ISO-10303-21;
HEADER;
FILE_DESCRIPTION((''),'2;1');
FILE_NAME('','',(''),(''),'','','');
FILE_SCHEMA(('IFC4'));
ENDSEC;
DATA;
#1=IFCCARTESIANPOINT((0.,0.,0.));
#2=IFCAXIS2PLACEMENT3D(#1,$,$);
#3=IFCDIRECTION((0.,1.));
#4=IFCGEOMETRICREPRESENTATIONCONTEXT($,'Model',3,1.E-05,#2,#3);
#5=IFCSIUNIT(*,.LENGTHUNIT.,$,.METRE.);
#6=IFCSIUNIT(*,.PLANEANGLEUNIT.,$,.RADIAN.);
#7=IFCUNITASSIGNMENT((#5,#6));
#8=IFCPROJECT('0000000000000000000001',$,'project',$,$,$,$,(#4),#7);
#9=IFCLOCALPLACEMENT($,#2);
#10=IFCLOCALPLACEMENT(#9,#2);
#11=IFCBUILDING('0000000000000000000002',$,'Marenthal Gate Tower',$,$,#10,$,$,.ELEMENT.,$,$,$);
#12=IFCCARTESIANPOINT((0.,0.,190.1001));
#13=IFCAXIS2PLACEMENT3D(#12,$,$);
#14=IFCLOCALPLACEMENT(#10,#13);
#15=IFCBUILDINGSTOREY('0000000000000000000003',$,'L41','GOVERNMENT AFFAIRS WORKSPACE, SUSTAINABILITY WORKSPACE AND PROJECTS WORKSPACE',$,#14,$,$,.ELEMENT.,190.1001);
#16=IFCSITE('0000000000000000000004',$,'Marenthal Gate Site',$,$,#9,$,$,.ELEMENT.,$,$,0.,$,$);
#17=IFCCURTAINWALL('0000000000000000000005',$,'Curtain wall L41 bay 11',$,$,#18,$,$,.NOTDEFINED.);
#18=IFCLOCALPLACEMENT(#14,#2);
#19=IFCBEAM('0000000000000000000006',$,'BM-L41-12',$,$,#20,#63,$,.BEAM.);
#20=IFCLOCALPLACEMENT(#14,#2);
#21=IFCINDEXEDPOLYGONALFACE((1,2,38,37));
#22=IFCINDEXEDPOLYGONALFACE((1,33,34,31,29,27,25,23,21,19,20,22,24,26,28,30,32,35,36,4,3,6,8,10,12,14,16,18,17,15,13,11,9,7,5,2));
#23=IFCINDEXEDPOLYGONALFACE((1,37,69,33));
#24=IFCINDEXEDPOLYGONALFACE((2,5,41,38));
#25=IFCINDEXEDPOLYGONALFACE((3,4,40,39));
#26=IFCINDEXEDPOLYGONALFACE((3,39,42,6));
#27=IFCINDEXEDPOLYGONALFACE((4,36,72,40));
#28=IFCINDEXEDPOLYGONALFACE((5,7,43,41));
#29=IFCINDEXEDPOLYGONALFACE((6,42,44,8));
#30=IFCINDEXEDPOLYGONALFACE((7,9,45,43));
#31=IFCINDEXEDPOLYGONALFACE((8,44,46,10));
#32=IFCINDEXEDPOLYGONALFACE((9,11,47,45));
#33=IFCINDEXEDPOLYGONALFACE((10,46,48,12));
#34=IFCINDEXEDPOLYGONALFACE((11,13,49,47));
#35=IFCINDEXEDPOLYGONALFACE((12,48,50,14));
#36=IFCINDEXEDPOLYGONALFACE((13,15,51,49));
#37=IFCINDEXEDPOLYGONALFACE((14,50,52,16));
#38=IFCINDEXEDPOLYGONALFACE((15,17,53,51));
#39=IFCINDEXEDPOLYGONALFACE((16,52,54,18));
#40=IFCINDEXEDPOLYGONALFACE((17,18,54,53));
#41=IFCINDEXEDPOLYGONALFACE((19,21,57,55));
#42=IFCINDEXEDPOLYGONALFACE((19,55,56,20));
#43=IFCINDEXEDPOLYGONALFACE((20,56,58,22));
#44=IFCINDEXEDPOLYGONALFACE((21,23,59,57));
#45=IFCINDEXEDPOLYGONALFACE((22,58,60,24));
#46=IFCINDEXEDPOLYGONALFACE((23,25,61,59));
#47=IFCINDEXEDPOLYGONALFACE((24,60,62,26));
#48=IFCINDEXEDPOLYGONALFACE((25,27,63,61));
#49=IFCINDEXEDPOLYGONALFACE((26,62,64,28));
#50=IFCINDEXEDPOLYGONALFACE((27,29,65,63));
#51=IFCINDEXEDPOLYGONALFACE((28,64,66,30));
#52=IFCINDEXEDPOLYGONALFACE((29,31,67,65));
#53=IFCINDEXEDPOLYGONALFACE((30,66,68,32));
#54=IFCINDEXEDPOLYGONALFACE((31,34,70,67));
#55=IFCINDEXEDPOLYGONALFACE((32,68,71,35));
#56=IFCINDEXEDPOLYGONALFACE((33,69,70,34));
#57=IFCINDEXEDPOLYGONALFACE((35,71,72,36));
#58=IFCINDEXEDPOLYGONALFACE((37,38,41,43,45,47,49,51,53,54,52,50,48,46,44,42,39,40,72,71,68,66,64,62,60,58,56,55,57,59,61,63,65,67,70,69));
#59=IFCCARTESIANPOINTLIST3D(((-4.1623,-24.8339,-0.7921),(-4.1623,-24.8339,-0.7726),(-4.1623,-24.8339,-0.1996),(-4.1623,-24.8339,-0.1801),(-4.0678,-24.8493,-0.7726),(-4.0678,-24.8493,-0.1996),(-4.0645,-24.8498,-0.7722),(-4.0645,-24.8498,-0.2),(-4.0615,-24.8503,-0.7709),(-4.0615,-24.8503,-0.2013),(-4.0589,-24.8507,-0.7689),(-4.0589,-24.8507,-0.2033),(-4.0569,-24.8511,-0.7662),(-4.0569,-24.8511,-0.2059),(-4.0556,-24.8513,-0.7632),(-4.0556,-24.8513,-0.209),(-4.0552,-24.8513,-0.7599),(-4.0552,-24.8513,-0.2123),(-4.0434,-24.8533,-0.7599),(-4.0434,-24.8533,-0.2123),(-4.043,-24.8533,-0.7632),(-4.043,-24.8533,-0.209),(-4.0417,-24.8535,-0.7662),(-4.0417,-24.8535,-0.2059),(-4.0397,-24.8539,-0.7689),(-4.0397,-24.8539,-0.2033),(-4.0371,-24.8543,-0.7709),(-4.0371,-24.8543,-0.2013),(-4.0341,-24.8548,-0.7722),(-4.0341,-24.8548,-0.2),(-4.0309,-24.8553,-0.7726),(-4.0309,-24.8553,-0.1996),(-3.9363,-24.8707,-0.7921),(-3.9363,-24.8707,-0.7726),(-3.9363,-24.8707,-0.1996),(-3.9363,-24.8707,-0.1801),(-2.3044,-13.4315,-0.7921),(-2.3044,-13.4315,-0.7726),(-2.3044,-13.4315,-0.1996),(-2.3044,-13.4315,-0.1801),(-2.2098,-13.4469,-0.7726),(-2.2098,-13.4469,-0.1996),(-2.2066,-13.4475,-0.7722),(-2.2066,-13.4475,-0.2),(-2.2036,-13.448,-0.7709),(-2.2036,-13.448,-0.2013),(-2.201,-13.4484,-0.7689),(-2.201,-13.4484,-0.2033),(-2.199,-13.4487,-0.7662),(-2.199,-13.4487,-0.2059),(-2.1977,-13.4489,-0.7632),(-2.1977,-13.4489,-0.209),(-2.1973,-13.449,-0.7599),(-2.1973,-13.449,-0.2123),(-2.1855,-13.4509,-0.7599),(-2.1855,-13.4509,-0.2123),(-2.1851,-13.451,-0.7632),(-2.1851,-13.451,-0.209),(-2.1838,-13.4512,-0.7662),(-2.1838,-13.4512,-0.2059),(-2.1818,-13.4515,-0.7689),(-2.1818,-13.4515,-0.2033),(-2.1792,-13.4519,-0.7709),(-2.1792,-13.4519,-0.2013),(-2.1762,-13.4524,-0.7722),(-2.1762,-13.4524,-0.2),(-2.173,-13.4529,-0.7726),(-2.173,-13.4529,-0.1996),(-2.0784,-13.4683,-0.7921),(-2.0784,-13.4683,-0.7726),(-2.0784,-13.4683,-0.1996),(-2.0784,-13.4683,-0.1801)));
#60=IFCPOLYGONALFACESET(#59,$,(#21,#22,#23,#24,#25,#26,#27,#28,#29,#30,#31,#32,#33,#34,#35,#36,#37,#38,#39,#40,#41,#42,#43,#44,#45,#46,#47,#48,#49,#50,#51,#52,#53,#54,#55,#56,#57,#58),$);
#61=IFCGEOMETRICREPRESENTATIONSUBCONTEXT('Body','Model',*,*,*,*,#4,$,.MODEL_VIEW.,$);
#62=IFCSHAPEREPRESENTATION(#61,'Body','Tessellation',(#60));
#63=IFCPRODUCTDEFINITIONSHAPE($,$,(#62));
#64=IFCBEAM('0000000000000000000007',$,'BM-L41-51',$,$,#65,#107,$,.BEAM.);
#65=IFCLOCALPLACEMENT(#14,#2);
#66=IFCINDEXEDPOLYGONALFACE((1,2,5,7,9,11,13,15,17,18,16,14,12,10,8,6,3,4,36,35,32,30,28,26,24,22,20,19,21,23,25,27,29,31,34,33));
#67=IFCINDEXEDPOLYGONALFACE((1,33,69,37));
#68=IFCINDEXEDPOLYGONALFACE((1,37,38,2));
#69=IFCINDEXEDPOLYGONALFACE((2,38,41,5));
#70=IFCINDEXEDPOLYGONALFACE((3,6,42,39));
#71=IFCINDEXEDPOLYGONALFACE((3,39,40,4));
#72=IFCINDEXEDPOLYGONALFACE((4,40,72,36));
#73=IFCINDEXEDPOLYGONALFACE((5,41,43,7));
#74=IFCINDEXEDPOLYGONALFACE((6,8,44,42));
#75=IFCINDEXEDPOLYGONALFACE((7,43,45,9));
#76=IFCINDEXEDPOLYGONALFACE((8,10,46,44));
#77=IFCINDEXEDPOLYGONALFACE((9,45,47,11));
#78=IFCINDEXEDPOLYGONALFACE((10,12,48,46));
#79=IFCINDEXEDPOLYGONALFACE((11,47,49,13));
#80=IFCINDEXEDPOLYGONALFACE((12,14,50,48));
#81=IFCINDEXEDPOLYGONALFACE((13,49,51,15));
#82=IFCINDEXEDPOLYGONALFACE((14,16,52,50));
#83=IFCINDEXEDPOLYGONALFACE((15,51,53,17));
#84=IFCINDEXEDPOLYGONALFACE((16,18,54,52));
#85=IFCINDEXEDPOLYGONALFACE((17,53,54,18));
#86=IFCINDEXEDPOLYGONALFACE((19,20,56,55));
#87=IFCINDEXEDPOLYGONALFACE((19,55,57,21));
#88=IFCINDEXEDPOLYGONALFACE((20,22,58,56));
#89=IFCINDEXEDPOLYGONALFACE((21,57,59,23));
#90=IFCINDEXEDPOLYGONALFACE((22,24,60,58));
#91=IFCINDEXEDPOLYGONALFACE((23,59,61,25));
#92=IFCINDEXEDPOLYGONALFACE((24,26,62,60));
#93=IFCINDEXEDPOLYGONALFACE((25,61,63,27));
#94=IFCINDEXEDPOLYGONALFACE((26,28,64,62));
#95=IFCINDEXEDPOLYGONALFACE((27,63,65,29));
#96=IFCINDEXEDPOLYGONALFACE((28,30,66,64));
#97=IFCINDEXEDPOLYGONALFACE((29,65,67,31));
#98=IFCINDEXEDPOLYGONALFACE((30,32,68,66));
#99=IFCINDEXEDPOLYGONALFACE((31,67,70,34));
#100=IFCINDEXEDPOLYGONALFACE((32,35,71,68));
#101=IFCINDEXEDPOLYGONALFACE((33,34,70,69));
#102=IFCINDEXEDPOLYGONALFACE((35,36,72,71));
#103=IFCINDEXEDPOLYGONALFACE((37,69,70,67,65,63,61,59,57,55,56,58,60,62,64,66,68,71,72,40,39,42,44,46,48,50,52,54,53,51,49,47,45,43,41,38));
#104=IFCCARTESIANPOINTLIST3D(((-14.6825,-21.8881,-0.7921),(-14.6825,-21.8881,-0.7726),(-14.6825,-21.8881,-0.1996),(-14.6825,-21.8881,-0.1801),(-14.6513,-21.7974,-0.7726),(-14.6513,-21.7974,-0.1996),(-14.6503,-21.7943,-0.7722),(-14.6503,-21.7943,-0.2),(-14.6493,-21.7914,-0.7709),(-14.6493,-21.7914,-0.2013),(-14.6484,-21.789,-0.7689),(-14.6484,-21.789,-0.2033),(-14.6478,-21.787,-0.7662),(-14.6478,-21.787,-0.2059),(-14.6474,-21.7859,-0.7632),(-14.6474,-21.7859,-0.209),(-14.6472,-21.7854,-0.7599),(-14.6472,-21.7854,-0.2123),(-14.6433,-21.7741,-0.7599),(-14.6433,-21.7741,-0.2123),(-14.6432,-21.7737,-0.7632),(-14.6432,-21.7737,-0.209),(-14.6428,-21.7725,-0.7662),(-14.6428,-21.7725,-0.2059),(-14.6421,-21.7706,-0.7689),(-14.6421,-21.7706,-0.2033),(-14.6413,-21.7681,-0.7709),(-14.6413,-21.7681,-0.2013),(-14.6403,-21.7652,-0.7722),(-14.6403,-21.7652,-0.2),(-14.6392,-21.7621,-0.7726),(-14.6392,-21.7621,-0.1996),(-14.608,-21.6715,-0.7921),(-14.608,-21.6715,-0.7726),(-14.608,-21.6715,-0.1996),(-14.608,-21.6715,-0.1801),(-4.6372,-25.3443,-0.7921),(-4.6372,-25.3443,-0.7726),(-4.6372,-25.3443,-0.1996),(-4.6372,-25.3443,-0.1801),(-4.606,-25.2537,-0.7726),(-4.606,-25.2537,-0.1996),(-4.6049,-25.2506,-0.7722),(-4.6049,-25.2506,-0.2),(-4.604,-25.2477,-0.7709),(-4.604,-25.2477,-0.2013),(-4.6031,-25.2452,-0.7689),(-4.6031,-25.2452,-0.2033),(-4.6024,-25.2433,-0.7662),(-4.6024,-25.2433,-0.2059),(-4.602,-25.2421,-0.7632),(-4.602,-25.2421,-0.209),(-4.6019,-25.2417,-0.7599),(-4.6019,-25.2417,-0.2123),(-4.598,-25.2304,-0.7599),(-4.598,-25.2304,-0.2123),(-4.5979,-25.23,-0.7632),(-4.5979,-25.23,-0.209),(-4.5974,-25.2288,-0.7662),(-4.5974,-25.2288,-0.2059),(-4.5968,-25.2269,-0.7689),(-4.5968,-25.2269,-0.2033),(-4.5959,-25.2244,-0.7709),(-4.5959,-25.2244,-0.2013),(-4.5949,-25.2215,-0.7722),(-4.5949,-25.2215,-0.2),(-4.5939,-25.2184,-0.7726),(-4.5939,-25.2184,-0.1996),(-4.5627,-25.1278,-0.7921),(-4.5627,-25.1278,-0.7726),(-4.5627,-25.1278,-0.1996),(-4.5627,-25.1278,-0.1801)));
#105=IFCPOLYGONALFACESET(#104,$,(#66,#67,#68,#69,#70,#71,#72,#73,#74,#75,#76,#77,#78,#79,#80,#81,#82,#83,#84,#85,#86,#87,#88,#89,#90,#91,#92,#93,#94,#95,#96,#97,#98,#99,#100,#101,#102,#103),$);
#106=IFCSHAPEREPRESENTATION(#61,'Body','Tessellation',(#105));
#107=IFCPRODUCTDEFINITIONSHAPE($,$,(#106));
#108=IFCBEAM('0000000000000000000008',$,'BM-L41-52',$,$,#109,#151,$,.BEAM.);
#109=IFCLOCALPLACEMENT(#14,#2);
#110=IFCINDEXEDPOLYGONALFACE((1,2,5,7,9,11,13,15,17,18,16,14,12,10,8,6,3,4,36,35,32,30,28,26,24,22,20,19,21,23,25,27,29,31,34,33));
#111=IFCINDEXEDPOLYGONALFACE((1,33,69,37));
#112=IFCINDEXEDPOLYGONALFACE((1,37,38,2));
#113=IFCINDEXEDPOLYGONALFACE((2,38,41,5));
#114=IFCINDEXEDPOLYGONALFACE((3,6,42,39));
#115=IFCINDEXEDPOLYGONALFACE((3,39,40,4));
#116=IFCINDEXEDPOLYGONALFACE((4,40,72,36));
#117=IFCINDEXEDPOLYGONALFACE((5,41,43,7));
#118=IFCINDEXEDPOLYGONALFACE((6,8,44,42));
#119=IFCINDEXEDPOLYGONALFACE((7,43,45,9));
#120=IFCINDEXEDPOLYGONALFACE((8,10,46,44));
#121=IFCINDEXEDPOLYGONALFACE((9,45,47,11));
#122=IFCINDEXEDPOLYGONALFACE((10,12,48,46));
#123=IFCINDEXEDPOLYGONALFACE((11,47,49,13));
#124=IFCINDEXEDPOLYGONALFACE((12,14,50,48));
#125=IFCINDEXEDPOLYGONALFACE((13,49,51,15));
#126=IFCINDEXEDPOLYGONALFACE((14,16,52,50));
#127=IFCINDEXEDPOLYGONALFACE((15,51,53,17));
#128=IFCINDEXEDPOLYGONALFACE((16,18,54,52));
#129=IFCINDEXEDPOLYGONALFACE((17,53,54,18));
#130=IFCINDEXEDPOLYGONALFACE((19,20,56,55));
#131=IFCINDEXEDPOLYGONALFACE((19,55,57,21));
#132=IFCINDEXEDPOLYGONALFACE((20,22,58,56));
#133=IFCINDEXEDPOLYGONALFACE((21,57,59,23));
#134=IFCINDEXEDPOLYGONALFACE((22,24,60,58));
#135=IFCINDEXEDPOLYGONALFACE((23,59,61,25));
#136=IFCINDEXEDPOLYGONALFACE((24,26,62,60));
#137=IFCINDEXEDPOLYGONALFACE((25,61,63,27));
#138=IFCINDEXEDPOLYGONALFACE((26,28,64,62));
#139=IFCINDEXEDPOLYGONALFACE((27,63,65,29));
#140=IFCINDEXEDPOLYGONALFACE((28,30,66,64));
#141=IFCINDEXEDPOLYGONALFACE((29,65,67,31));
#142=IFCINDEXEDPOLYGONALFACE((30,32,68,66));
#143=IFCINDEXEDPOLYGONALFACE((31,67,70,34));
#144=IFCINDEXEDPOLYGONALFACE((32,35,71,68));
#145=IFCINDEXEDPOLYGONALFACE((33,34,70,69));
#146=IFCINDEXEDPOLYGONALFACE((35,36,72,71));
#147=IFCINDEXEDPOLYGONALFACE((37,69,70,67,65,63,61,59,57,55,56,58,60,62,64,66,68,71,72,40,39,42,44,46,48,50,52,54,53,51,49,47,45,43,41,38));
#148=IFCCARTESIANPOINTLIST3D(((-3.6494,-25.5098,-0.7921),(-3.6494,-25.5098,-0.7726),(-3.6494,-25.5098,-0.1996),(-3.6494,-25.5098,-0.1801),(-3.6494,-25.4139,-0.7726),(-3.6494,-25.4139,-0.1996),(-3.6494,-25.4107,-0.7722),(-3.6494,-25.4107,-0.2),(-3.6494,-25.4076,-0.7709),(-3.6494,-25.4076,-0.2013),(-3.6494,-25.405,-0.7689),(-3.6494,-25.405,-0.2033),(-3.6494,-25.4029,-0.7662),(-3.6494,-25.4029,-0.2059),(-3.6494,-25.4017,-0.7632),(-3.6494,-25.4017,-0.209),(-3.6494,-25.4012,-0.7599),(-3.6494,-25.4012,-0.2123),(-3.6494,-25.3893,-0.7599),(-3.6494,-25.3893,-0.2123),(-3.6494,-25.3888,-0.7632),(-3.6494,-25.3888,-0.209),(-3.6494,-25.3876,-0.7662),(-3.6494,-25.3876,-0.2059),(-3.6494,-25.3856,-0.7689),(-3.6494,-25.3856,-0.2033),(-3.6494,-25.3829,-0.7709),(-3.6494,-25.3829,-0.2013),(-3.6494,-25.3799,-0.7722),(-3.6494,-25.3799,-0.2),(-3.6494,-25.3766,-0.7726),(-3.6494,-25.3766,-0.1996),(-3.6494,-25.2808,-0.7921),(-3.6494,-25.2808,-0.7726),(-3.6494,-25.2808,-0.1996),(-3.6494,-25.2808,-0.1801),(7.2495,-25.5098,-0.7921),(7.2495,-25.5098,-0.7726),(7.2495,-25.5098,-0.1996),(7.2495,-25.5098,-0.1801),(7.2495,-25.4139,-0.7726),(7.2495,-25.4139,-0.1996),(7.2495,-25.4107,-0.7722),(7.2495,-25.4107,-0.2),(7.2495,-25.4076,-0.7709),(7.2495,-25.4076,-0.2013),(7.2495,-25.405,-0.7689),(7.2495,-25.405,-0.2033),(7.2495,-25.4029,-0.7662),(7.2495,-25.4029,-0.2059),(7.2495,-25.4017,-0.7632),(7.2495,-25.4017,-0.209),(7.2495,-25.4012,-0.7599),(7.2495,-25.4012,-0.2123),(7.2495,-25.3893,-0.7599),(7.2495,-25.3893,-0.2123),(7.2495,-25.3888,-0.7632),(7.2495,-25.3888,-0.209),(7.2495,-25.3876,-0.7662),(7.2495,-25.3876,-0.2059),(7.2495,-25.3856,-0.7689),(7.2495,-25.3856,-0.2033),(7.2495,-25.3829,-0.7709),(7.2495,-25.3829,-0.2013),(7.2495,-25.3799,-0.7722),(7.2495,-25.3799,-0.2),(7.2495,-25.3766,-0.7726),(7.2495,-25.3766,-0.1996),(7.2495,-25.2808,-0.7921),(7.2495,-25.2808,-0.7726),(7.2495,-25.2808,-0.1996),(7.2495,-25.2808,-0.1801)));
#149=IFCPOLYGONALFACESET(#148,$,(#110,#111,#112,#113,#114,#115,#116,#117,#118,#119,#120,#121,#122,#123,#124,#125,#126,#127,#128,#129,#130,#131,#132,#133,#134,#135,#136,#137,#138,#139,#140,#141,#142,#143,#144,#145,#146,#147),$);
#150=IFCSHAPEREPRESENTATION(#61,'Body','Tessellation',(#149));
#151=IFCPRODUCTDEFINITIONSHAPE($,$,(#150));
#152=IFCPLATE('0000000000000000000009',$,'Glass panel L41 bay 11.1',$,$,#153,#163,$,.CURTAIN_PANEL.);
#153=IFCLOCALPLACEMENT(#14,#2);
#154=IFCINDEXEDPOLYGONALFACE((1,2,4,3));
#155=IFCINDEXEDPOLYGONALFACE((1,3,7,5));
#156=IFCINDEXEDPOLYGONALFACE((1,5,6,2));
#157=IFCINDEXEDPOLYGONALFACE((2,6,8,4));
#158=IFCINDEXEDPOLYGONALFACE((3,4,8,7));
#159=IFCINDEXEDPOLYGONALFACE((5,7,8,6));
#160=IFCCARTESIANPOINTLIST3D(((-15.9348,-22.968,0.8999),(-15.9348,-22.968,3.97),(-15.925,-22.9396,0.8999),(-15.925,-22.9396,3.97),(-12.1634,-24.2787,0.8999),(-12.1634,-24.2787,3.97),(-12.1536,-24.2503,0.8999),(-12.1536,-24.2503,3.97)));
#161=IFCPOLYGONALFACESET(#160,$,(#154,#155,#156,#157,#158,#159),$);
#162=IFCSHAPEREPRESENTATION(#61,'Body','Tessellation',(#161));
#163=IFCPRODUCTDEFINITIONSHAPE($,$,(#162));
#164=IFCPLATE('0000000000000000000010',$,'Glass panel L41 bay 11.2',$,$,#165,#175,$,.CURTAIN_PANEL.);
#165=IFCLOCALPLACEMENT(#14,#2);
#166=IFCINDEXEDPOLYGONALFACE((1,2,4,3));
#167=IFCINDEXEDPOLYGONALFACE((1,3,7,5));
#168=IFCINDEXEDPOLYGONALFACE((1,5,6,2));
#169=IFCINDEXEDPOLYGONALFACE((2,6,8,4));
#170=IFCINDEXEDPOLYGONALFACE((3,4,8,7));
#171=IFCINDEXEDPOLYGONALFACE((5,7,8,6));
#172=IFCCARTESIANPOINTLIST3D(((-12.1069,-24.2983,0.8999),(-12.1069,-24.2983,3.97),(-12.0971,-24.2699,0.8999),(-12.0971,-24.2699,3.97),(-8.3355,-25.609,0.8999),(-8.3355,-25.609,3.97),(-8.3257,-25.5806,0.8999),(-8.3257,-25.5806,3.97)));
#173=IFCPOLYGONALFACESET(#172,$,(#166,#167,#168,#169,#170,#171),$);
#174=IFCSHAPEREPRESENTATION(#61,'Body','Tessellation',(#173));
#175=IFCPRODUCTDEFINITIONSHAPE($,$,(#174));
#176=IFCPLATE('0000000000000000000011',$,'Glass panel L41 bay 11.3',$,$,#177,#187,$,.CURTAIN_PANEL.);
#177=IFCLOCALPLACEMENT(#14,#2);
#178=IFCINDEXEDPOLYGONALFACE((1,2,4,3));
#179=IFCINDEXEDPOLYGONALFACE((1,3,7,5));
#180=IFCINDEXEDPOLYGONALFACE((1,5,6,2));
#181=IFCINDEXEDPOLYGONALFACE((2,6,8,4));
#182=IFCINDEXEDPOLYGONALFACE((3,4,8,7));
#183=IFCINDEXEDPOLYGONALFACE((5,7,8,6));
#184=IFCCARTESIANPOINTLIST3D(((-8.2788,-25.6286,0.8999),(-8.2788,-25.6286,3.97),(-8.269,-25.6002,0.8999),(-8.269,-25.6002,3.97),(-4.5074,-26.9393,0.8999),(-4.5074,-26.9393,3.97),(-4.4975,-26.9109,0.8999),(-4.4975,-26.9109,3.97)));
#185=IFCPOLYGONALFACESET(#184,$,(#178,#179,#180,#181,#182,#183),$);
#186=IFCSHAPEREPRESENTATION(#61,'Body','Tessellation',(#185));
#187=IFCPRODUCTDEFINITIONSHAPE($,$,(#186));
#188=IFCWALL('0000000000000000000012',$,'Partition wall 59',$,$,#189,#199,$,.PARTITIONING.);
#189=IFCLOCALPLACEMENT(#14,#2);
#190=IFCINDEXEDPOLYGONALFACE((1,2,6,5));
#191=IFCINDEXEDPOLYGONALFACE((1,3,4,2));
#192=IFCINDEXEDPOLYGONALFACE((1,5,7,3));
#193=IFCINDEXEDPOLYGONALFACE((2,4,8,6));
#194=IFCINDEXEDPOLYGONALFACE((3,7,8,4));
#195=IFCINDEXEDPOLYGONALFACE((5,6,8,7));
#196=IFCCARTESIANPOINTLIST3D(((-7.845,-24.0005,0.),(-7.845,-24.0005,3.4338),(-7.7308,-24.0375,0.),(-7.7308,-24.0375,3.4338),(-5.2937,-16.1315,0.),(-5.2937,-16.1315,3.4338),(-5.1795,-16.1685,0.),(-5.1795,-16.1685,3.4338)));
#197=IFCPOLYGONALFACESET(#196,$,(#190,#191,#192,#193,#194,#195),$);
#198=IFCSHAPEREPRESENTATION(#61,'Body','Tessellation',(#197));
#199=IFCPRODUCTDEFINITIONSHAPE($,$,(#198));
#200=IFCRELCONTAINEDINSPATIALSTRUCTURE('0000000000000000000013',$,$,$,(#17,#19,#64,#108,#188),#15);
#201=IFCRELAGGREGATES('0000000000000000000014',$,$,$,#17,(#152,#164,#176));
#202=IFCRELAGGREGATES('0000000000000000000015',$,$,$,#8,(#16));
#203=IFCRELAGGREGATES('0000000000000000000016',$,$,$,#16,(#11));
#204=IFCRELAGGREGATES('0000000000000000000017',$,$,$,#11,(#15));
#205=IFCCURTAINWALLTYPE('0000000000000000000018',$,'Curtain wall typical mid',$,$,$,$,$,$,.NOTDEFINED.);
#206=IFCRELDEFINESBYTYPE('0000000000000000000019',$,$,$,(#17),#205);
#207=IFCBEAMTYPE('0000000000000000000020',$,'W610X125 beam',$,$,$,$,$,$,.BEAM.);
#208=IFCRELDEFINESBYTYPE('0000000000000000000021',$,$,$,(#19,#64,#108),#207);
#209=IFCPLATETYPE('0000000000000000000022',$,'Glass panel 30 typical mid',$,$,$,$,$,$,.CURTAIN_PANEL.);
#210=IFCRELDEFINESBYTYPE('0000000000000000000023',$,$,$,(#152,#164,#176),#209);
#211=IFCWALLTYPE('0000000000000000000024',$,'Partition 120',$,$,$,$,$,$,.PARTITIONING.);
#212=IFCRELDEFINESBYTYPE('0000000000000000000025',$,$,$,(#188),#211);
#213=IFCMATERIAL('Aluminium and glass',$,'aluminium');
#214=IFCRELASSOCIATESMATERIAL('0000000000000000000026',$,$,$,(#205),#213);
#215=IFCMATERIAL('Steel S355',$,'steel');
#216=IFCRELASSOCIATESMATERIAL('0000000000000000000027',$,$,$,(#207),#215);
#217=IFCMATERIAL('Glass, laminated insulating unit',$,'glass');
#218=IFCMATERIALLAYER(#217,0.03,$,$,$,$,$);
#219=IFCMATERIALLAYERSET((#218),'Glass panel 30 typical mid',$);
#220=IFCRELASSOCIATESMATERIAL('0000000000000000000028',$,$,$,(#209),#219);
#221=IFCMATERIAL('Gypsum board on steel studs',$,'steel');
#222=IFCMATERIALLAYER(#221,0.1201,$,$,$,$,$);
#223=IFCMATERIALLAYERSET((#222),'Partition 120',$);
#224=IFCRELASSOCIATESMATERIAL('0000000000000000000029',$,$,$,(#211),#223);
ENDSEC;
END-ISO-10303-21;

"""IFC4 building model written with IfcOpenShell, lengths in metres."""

from ifc_helpers import new_model, si_unit, direction, frame, frame_2d, origin, origin_2d, place, context, subcontext, project, spatial, rectangle, i_section, extrude, material, layer, layer_set, material_profile, profile_set, type_object, element, aggregate, save


model = new_model("IFC4")

# Units and contexts
model_context = context("Model", 3, precision=1e-05, world=origin(), true_north=direction((0.0, 1.0)))
body_context = subcontext(model_context, "Body", "Model", "MODEL_VIEW")
ifc_project = project(units=[si_unit("LENGTHUNIT", "METRE"), si_unit("PLANEANGLEUNIT", "RADIAN")], contexts=[model_context])

# Site, building, storey
site_placement = place(None, origin())
site = spatial("IfcSite", under=ifc_project, at=site_placement, Name="Marenthal Gate Site", CompositionType="ELEMENT", RefElevation=0.0)
building_placement = place(site_placement, origin())
building = spatial("IfcBuilding", under=site, at=building_placement, Name="Marenthal Gate Tower", CompositionType="ELEMENT")
storey_placement = place(building_placement, frame((0.0, 0.0, 190.1001)))
storey = spatial("IfcBuildingStorey", under=building, at=storey_placement, Name="L41", Description="GOVERNMENT AFFAIRS WORKSPACE, SUSTAINABILITY WORKSPACE AND PROJECTS WORKSPACE", CompositionType="ELEMENT", Elevation=190.1001)

# Curtain wall
ifc_material_1 = material(Name="Aluminium and glass", Category="aluminium")
curtain_wall_type = type_object("IfcCurtainWallType", Name="Curtain wall typical mid", PredefinedType="NOTDEFINED", material=ifc_material_1)
curtain_wall_placement = place(storey_placement, origin())
curtain_wall = element("IfcCurtainWall", 1, at=curtain_wall_placement, inside=storey, type_object=curtain_wall_type, Name="Curtain wall L41 bay 11", PredefinedType="NOTDEFINED")

# Beams
ifc_material_2 = material(Name="Steel S355", Category="steel")
ifc_material_profile_1 = material_profile(ifc_material_2, i_section(OverallWidth=0.229, OverallDepth=0.6121, WebThickness=0.012, FlangeThickness=0.0195, FilletRadius=0.0127, at=origin_2d()), Name="W610X125")
ifc_profile_set_1 = profile_set([ifc_material_profile_1], Name="Steel S355")
beam_type_1 = type_object("IfcBeamType", Name="W610X125 beam", PredefinedType="BEAM", material=ifc_profile_set_1)
beam_1_placement = place(storey_placement, frame((-4.0493, -24.8523, -0.4861), z_axis=(0.16082, 0.986984, 0.0), x_axis=(-0.986984, 0.16082, 0.0)))
element("IfcBeam", 2, at=beam_1_placement, inside=storey, type_object=beam_type_1, Name="BM-L41-12", PredefinedType="BEAM", context=body_context, shape_type="SweptSolid", body=[
    extrude(i_section(OverallWidth=0.229, OverallDepth=0.6121, WebThickness=0.012, FlangeThickness=0.0195, FilletRadius=0.0127, at=origin_2d()), origin(), (0.0, 0.0, 1.0), 11.5527),
])
beam_2_placement = place(storey_placement, frame((-14.6453, -21.7798, -0.4861), z_axis=(0.945594, -0.325348, 0.0), x_axis=(0.325348, 0.945594, 0.0)))
element("IfcBeam", 3, at=beam_2_placement, inside=storey, type_object=beam_type_1, Name="BM-L41-51", PredefinedType="BEAM", context=body_context, shape_type="SweptSolid", body=[
    extrude(i_section(OverallWidth=0.229, OverallDepth=0.6121, WebThickness=0.012, FlangeThickness=0.0195, FilletRadius=0.0127, at=origin_2d()), origin(), (0.0, 0.0, 1.0), 10.6233),
])
beam_3_placement = place(storey_placement, frame((-3.6494, -25.3953, -0.4861), z_axis=(1.0, 0.0, 0.0), x_axis=(0.0, 1.0, 0.0)))
element("IfcBeam", 4, at=beam_3_placement, inside=storey, type_object=beam_type_1, Name="BM-L41-52", PredefinedType="BEAM", context=body_context, shape_type="SweptSolid", body=[
    extrude(i_section(OverallWidth=0.229, OverallDepth=0.6121, WebThickness=0.012, FlangeThickness=0.0195, FilletRadius=0.0127, at=origin_2d()), origin(), (0.0, 0.0, 1.0), 10.8989),
])

# Plates
ifc_material_3 = material(Name="Glass, laminated insulating unit", Category="glass")
ifc_layer_1 = layer(ifc_material_3, 0.03)
ifc_layer_set_1 = layer_set([ifc_layer_1], Name="Glass panel 30 typical mid")
plate_type = type_object("IfcPlateType", Name="Glass panel 30 typical mid", PredefinedType="CURTAIN_PANEL", material=ifc_layer_set_1)
plate_1_placement = place(storey_placement, frame((-14.0442, -23.6091, 0.8999), z_axis=(0.0, 0.0, 1.0), x_axis=(0.944583, -0.328273, 0.0)))
plate_1 = element("IfcPlate", 5, at=plate_1_placement, type_object=plate_type, Name="Glass panel L41 bay 11.1", PredefinedType="CURTAIN_PANEL", context=body_context, shape_type="SweptSolid", body=[
    extrude(rectangle(XDim=3.9927, YDim=0.03, at=origin_2d()), origin(), (0.0, 0.0, 1.0), 3.0701),
])
plate_2_placement = place(storey_placement, frame((-10.2163, -24.9395, 0.8999), z_axis=(0.0, 0.0, 1.0), x_axis=(0.944583, -0.328273, 0.0)))
plate_2 = element("IfcPlate", 6, at=plate_2_placement, type_object=plate_type, Name="Glass panel L41 bay 11.2", PredefinedType="CURTAIN_PANEL", context=body_context, shape_type="SweptSolid", body=[
    extrude(rectangle(XDim=3.9927, YDim=0.03, at=origin_2d()), origin(), (0.0, 0.0, 1.0), 3.0701),
])
plate_3_placement = place(storey_placement, frame((-6.3882, -26.2698, 0.8999), z_axis=(0.0, 0.0, 1.0), x_axis=(0.944583, -0.328273, 0.0)))
plate_3 = element("IfcPlate", 7, at=plate_3_placement, type_object=plate_type, Name="Glass panel L41 bay 11.3", PredefinedType="CURTAIN_PANEL", context=body_context, shape_type="SweptSolid", body=[
    extrude(rectangle(XDim=3.9927, YDim=0.03, at=origin_2d()), origin(), (0.0, 0.0, 1.0), 3.0701),
])
aggregate(curtain_wall, [plate_1, plate_2, plate_3])

# Wall
ifc_material_4 = material(Name="Gypsum board on steel studs", Category="steel")
ifc_layer_2 = layer(ifc_material_4, 0.1201)
ifc_layer_set_2 = layer_set([ifc_layer_2], Name="Partition 120")
wall_type_1 = type_object("IfcWallType", Name="Partition 120", PredefinedType="PARTITIONING", material=ifc_layer_set_2)
wall_1_placement = place(storey_placement, frame((-5.2366, -16.1499, 0.0), z_axis=(0.0, 0.0, 1.0), x_axis=(-0.308417, -0.951251, 0.0)))
element("IfcWall", 8, at=wall_1_placement, inside=storey, type_object=wall_type_1, Name="Partition wall 59", PredefinedType="PARTITIONING", context=body_context, shape_type="SweptSolid", body=[
    extrude(rectangle(XDim=8.2722, YDim=0.1201, at=frame_2d((4.1362, 0.0))), origin(), (0.0, 0.0, 1.0), 3.4338),
])

save(model, "model.ifc")
